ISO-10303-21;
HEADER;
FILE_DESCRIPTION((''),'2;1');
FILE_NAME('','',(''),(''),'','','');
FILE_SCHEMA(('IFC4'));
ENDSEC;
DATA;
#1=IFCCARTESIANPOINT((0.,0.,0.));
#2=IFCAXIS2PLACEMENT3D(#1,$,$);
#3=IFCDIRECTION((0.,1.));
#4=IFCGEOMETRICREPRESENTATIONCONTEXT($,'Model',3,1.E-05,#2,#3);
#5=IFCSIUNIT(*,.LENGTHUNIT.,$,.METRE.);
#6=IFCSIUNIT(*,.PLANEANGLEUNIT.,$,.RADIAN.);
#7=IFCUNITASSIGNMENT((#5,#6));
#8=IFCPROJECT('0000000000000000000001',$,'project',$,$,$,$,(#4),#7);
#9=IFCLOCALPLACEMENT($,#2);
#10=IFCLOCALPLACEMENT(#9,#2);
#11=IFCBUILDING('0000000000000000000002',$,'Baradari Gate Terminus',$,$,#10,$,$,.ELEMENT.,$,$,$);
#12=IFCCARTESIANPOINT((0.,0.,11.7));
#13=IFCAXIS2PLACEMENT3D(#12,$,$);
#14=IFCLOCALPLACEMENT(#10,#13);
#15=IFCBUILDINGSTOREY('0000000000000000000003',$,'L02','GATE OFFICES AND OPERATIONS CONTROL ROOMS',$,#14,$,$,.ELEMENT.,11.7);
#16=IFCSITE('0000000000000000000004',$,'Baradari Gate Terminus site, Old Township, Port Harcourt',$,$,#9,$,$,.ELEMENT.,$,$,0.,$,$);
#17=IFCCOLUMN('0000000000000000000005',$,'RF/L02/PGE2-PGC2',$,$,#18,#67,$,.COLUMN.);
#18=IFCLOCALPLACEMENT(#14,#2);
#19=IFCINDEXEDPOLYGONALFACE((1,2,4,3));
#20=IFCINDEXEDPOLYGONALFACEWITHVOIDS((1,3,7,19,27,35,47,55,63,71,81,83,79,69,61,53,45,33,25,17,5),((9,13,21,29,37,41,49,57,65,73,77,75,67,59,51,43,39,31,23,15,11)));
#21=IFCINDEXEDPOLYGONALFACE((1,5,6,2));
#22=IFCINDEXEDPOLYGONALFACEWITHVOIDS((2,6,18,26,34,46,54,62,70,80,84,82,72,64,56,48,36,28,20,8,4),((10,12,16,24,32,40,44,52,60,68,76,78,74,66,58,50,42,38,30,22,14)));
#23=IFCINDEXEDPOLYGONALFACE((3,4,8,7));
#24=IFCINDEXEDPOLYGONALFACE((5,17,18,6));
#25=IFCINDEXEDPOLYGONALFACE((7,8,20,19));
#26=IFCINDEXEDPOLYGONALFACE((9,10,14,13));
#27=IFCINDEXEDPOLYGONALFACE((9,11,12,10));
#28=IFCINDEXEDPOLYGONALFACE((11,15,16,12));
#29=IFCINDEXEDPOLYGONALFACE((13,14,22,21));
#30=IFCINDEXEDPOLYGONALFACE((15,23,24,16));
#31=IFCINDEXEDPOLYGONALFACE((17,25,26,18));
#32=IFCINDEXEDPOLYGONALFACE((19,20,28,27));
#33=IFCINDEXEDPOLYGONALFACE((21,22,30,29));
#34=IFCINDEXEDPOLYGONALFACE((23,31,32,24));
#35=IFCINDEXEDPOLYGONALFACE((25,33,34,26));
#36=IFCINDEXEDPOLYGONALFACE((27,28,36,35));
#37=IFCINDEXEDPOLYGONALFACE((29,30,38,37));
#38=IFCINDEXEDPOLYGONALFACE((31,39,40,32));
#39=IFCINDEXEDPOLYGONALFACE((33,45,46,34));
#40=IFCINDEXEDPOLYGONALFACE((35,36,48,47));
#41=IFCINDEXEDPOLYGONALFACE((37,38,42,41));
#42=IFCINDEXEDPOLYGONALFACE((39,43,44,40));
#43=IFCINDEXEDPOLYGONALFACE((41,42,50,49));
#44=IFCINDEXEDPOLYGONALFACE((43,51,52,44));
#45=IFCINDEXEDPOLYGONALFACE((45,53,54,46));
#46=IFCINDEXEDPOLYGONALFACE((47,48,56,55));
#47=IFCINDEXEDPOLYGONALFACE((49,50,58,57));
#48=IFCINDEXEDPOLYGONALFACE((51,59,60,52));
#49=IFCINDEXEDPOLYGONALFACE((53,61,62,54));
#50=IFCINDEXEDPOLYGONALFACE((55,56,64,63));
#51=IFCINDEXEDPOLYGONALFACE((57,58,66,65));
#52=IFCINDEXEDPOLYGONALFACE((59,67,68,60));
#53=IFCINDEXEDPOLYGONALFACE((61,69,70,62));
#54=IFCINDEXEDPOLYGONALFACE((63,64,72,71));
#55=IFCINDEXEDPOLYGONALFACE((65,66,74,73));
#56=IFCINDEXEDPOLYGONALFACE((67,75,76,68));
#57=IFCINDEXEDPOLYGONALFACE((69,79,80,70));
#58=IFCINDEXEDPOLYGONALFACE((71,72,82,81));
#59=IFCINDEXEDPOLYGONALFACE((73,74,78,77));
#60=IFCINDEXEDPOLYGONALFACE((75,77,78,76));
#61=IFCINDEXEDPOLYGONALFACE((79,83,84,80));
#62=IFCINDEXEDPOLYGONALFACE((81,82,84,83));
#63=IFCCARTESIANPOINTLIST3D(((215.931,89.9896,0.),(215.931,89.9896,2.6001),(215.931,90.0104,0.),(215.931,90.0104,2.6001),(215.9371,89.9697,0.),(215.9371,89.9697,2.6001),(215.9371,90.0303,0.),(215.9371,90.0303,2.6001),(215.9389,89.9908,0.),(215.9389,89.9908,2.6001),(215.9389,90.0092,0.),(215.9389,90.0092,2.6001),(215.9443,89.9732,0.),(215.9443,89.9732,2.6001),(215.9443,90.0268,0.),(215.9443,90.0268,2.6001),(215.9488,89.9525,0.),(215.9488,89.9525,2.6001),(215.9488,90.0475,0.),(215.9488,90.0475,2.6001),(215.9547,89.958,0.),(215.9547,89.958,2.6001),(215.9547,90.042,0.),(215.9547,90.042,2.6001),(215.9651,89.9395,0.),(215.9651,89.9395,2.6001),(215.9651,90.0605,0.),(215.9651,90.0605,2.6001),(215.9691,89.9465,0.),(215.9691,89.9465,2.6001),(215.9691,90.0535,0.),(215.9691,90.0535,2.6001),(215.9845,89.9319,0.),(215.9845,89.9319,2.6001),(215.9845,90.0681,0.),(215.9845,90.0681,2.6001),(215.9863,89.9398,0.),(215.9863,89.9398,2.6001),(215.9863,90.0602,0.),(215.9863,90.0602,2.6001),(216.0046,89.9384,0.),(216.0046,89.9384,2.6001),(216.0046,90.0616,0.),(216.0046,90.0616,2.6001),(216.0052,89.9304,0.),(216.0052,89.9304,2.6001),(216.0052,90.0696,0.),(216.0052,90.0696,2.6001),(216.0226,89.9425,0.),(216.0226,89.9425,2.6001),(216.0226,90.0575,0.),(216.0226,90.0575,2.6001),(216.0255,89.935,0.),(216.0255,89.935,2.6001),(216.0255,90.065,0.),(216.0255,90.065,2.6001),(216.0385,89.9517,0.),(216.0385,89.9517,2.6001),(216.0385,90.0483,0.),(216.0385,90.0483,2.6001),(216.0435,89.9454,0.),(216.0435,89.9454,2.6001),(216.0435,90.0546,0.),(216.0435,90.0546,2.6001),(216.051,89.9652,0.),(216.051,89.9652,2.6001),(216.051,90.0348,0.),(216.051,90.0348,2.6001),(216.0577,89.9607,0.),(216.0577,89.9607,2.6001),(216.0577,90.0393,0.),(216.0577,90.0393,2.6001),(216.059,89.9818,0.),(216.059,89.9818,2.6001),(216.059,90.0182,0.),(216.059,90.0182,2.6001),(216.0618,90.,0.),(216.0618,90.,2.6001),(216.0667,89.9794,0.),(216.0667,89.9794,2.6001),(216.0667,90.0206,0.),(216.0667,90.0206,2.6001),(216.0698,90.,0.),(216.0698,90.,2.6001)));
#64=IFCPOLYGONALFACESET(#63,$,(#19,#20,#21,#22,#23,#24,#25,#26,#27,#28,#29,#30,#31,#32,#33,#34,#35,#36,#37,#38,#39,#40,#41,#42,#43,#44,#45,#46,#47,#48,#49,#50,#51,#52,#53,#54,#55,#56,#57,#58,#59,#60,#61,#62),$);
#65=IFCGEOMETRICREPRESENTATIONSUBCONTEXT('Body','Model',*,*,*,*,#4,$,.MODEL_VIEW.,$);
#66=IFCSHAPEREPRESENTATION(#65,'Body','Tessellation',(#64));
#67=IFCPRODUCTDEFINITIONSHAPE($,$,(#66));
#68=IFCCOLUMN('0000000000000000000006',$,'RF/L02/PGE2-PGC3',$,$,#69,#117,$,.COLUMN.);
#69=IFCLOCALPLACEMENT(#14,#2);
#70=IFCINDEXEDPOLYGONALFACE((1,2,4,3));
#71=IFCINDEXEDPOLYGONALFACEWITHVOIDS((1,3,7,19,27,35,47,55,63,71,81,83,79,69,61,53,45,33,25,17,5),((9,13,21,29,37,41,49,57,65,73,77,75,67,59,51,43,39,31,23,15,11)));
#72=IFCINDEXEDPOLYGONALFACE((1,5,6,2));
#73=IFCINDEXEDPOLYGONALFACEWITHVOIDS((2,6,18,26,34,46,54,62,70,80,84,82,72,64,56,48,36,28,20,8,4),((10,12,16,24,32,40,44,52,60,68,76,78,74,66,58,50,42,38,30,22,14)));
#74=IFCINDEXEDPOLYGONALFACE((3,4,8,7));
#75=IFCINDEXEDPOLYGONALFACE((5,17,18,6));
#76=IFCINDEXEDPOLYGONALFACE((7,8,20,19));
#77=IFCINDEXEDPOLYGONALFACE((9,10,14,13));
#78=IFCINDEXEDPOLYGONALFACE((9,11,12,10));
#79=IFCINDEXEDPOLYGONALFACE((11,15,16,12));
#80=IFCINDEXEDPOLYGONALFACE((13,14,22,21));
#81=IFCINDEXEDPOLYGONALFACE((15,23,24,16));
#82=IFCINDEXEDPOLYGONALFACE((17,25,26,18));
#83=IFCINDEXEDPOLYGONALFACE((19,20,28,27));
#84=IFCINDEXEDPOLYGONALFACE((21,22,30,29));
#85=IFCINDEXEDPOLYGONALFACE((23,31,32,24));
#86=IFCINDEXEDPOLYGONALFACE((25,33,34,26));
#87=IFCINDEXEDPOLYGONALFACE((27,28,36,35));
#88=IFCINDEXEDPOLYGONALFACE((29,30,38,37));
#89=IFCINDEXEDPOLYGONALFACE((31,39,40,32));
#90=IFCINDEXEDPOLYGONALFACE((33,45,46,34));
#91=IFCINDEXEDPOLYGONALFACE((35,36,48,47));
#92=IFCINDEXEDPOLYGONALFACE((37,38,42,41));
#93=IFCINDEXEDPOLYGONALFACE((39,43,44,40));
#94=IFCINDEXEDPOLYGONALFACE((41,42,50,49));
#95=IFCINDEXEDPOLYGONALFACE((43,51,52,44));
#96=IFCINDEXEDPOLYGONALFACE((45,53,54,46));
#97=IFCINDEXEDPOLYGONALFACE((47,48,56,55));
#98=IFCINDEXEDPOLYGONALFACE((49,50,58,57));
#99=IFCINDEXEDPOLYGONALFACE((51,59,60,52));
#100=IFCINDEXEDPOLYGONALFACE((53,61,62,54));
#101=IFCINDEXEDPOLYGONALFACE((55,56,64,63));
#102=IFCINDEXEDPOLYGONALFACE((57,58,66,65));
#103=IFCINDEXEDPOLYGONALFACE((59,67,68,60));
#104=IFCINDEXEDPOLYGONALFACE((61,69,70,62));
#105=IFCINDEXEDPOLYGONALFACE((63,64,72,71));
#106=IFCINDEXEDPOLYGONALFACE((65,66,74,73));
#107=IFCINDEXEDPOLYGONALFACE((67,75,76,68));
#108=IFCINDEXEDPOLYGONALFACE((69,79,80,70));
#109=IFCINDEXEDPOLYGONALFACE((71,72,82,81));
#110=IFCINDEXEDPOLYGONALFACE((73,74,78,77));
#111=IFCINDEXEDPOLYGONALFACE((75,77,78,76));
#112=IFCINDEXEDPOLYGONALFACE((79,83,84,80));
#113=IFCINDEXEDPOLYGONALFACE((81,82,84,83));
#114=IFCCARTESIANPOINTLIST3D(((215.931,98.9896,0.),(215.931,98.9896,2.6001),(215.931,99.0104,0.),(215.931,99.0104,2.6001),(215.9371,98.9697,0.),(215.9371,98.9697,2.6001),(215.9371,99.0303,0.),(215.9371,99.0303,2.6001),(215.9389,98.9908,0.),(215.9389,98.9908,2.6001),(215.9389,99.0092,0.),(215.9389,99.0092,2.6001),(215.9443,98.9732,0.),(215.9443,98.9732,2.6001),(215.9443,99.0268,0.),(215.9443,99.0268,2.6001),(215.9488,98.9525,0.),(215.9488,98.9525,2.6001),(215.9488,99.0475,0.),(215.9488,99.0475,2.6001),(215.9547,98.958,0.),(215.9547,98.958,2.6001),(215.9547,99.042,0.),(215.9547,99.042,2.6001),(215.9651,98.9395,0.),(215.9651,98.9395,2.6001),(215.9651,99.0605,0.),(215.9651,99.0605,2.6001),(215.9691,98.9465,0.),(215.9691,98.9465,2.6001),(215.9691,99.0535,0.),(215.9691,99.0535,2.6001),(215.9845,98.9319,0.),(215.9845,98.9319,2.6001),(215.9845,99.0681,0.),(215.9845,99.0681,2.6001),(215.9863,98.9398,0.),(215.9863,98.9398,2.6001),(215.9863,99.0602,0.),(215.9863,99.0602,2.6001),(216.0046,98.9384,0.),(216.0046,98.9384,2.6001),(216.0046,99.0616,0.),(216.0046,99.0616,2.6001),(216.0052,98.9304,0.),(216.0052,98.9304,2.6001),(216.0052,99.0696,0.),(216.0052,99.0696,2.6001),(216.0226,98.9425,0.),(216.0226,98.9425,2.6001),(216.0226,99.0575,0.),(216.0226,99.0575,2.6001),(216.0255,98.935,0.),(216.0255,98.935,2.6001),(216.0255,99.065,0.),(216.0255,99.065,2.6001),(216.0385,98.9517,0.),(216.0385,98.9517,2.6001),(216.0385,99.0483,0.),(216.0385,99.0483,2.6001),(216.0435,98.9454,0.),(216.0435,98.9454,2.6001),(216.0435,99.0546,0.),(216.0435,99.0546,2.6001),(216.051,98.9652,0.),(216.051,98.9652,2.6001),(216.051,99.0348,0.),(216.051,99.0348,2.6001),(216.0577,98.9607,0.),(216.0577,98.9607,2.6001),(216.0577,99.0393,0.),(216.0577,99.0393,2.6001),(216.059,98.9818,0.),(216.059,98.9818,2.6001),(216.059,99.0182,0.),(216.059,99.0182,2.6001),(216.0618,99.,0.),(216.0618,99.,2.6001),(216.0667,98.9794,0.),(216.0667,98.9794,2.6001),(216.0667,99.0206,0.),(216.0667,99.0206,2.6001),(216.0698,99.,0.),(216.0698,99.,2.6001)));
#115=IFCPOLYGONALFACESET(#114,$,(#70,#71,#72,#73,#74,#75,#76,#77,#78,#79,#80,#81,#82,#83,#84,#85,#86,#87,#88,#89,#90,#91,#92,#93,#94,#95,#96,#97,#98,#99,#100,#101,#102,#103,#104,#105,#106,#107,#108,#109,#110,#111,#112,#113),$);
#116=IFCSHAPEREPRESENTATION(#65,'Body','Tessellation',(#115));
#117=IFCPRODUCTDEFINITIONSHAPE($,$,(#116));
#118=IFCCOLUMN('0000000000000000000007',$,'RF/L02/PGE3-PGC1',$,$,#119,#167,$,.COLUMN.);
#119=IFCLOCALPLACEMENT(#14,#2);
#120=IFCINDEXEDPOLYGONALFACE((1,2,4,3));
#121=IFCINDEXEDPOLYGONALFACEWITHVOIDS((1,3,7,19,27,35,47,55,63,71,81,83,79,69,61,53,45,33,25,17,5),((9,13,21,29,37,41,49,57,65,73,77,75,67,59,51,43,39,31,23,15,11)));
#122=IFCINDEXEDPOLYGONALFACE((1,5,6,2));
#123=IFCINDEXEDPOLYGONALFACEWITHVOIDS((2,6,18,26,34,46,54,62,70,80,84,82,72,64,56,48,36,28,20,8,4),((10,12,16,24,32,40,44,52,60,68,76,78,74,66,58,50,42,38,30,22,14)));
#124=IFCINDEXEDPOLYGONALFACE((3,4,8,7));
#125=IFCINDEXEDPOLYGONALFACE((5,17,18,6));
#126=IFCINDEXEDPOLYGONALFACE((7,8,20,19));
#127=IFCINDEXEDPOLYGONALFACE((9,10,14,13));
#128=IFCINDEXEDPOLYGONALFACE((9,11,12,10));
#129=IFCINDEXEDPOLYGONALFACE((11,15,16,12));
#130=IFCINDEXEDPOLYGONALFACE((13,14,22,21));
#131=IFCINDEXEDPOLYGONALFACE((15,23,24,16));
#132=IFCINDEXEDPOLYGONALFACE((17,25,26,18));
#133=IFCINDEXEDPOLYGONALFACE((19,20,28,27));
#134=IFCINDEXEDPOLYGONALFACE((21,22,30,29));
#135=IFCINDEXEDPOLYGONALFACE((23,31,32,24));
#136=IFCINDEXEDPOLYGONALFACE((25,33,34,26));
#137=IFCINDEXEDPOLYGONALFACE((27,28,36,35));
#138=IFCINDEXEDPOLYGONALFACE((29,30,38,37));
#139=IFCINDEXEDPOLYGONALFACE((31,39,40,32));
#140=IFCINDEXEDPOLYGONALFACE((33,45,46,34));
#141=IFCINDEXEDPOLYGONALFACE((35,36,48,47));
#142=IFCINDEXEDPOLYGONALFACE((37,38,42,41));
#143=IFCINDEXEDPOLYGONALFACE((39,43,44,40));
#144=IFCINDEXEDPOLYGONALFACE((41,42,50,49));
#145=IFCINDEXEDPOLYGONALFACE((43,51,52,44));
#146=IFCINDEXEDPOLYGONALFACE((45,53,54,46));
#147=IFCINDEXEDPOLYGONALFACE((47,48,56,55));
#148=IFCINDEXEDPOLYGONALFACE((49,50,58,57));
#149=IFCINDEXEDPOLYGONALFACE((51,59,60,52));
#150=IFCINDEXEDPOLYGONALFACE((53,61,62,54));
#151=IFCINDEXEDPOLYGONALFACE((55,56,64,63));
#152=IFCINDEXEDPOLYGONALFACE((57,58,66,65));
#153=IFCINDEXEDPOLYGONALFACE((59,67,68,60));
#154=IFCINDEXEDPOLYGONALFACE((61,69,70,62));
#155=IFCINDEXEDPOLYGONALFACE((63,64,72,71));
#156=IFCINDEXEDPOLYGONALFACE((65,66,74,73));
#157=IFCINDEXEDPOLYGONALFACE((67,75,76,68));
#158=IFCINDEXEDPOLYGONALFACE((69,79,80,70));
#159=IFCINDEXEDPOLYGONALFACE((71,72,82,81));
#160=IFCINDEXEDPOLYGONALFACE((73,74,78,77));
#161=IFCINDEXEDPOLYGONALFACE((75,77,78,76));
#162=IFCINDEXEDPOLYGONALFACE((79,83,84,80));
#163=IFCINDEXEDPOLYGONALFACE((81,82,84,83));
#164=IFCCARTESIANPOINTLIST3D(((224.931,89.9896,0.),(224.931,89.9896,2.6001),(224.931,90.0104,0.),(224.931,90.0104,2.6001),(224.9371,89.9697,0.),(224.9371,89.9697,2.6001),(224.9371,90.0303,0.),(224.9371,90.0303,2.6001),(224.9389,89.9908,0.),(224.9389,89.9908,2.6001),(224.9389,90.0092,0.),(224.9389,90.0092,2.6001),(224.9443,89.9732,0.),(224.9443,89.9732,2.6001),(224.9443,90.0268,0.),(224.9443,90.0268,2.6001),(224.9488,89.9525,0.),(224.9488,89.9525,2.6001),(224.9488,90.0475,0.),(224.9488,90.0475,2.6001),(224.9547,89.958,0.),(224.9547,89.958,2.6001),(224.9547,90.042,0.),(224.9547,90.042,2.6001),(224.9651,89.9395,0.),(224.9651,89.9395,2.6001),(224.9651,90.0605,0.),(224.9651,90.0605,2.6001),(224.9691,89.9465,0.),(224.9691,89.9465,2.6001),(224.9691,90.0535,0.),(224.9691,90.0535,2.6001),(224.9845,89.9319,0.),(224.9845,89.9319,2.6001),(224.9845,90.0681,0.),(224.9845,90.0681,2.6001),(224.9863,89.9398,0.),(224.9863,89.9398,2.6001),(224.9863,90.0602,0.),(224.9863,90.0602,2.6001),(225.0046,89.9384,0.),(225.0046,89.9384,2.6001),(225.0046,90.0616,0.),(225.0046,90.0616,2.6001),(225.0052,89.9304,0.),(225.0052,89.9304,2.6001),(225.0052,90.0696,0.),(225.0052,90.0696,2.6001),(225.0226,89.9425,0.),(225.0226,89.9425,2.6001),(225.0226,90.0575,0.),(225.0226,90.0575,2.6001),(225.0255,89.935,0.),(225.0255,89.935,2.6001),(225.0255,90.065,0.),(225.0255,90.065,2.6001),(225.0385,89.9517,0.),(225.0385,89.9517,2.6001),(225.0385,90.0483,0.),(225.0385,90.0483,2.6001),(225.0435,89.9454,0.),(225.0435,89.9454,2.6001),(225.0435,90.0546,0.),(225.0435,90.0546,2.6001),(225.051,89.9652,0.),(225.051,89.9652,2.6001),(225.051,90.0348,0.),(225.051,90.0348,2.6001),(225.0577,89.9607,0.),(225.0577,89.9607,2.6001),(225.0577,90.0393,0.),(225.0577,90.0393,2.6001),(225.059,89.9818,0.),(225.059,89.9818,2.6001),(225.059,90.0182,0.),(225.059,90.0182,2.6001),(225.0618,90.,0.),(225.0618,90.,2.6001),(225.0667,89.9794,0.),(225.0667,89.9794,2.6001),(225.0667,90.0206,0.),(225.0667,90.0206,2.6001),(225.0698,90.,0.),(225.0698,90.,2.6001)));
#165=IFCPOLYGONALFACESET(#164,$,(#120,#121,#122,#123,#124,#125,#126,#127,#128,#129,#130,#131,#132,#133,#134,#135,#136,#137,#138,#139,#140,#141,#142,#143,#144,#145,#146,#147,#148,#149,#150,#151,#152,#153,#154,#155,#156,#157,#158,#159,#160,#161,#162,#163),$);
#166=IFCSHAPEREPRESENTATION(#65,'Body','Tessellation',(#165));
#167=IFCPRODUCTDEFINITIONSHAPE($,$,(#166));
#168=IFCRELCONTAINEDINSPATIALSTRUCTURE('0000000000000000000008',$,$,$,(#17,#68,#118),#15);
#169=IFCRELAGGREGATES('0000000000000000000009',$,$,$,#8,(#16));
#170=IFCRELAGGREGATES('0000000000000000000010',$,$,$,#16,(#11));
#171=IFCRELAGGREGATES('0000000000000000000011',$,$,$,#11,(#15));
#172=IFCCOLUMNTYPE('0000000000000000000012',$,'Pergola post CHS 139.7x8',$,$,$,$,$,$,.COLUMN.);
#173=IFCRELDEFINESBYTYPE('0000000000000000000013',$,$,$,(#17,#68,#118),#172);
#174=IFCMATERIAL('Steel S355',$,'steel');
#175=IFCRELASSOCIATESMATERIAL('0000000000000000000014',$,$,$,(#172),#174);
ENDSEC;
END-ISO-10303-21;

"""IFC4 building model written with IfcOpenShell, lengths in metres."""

from ifc_helpers import new_model, si_unit, direction, frame, origin, origin_2d, place, context, subcontext, project, spatial, hollow_circle, extrude, material, material_profile, profile_set, type_object, element, save


model = new_model("IFC4")

# Units and contexts
model_context = context("Model", 3, precision=1e-05, world=origin(), true_north=direction((0.0, 1.0)))
body_context = subcontext(model_context, "Body", "Model", "MODEL_VIEW")
ifc_project = project(units=[si_unit("LENGTHUNIT", "METRE"), si_unit("PLANEANGLEUNIT", "RADIAN")], contexts=[model_context])

# Site, building, storey
site_placement = place(None, origin())
site = spatial("IfcSite", under=ifc_project, at=site_placement, Name="Baradari Gate Terminus site, Old Township, Port Harcourt", CompositionType="ELEMENT", RefElevation=0.0)
building_placement = place(site_placement, origin())
building = spatial("IfcBuilding", under=site, at=building_placement, Name="Baradari Gate Terminus", CompositionType="ELEMENT")
storey_placement = place(building_placement, frame((0.0, 0.0, 11.7)))
storey = spatial("IfcBuildingStorey", under=building, at=storey_placement, Name="L02", Description="GATE OFFICES AND OPERATIONS CONTROL ROOMS", CompositionType="ELEMENT", Elevation=11.7)

# Columns
ifc_material_1 = material(Name="Steel S355", Category="steel")
ifc_material_profile_1 = material_profile(ifc_material_1, hollow_circle(Radius=0.0698, WallThickness=0.0081, at=origin_2d()), Name="CHS 139.7x8")
ifc_profile_set_1 = profile_set([ifc_material_profile_1], Name="Steel S355")
column_type = type_object("IfcColumnType", Name="Pergola post CHS 139.7x8", PredefinedType="COLUMN", material=ifc_profile_set_1)
for number, where, z_axis, x_axis, name in (
    (1, (216.0, 90.0, 0.0), (0.0, 0.0, 1.0), (1.0, 0.0, 0.0), "RF/L02/PGE2-PGC2"),
    (2, (216.0, 99.0, 0.0), (0.0, 0.0, 1.0), (1.0, 0.0, 0.0), "RF/L02/PGE2-PGC3"),
    (3, (225.0, 90.0, 0.0), (0.0, 0.0, 1.0), (1.0, 0.0, 0.0), "RF/L02/PGE3-PGC1"),
):
    element("IfcColumn", number, at=place(storey_placement, frame(where, z_axis=z_axis, x_axis=x_axis)), inside=storey, type_object=column_type, Name=name, PredefinedType="COLUMN", context=body_context, shape_type="SweptSolid", body=[
        extrude(hollow_circle(Radius=0.0698, WallThickness=0.0081, at=origin_2d()), origin(), (0.0, 0.0, 1.0), 2.6001),
    ])

save(model, "model.ifc")
